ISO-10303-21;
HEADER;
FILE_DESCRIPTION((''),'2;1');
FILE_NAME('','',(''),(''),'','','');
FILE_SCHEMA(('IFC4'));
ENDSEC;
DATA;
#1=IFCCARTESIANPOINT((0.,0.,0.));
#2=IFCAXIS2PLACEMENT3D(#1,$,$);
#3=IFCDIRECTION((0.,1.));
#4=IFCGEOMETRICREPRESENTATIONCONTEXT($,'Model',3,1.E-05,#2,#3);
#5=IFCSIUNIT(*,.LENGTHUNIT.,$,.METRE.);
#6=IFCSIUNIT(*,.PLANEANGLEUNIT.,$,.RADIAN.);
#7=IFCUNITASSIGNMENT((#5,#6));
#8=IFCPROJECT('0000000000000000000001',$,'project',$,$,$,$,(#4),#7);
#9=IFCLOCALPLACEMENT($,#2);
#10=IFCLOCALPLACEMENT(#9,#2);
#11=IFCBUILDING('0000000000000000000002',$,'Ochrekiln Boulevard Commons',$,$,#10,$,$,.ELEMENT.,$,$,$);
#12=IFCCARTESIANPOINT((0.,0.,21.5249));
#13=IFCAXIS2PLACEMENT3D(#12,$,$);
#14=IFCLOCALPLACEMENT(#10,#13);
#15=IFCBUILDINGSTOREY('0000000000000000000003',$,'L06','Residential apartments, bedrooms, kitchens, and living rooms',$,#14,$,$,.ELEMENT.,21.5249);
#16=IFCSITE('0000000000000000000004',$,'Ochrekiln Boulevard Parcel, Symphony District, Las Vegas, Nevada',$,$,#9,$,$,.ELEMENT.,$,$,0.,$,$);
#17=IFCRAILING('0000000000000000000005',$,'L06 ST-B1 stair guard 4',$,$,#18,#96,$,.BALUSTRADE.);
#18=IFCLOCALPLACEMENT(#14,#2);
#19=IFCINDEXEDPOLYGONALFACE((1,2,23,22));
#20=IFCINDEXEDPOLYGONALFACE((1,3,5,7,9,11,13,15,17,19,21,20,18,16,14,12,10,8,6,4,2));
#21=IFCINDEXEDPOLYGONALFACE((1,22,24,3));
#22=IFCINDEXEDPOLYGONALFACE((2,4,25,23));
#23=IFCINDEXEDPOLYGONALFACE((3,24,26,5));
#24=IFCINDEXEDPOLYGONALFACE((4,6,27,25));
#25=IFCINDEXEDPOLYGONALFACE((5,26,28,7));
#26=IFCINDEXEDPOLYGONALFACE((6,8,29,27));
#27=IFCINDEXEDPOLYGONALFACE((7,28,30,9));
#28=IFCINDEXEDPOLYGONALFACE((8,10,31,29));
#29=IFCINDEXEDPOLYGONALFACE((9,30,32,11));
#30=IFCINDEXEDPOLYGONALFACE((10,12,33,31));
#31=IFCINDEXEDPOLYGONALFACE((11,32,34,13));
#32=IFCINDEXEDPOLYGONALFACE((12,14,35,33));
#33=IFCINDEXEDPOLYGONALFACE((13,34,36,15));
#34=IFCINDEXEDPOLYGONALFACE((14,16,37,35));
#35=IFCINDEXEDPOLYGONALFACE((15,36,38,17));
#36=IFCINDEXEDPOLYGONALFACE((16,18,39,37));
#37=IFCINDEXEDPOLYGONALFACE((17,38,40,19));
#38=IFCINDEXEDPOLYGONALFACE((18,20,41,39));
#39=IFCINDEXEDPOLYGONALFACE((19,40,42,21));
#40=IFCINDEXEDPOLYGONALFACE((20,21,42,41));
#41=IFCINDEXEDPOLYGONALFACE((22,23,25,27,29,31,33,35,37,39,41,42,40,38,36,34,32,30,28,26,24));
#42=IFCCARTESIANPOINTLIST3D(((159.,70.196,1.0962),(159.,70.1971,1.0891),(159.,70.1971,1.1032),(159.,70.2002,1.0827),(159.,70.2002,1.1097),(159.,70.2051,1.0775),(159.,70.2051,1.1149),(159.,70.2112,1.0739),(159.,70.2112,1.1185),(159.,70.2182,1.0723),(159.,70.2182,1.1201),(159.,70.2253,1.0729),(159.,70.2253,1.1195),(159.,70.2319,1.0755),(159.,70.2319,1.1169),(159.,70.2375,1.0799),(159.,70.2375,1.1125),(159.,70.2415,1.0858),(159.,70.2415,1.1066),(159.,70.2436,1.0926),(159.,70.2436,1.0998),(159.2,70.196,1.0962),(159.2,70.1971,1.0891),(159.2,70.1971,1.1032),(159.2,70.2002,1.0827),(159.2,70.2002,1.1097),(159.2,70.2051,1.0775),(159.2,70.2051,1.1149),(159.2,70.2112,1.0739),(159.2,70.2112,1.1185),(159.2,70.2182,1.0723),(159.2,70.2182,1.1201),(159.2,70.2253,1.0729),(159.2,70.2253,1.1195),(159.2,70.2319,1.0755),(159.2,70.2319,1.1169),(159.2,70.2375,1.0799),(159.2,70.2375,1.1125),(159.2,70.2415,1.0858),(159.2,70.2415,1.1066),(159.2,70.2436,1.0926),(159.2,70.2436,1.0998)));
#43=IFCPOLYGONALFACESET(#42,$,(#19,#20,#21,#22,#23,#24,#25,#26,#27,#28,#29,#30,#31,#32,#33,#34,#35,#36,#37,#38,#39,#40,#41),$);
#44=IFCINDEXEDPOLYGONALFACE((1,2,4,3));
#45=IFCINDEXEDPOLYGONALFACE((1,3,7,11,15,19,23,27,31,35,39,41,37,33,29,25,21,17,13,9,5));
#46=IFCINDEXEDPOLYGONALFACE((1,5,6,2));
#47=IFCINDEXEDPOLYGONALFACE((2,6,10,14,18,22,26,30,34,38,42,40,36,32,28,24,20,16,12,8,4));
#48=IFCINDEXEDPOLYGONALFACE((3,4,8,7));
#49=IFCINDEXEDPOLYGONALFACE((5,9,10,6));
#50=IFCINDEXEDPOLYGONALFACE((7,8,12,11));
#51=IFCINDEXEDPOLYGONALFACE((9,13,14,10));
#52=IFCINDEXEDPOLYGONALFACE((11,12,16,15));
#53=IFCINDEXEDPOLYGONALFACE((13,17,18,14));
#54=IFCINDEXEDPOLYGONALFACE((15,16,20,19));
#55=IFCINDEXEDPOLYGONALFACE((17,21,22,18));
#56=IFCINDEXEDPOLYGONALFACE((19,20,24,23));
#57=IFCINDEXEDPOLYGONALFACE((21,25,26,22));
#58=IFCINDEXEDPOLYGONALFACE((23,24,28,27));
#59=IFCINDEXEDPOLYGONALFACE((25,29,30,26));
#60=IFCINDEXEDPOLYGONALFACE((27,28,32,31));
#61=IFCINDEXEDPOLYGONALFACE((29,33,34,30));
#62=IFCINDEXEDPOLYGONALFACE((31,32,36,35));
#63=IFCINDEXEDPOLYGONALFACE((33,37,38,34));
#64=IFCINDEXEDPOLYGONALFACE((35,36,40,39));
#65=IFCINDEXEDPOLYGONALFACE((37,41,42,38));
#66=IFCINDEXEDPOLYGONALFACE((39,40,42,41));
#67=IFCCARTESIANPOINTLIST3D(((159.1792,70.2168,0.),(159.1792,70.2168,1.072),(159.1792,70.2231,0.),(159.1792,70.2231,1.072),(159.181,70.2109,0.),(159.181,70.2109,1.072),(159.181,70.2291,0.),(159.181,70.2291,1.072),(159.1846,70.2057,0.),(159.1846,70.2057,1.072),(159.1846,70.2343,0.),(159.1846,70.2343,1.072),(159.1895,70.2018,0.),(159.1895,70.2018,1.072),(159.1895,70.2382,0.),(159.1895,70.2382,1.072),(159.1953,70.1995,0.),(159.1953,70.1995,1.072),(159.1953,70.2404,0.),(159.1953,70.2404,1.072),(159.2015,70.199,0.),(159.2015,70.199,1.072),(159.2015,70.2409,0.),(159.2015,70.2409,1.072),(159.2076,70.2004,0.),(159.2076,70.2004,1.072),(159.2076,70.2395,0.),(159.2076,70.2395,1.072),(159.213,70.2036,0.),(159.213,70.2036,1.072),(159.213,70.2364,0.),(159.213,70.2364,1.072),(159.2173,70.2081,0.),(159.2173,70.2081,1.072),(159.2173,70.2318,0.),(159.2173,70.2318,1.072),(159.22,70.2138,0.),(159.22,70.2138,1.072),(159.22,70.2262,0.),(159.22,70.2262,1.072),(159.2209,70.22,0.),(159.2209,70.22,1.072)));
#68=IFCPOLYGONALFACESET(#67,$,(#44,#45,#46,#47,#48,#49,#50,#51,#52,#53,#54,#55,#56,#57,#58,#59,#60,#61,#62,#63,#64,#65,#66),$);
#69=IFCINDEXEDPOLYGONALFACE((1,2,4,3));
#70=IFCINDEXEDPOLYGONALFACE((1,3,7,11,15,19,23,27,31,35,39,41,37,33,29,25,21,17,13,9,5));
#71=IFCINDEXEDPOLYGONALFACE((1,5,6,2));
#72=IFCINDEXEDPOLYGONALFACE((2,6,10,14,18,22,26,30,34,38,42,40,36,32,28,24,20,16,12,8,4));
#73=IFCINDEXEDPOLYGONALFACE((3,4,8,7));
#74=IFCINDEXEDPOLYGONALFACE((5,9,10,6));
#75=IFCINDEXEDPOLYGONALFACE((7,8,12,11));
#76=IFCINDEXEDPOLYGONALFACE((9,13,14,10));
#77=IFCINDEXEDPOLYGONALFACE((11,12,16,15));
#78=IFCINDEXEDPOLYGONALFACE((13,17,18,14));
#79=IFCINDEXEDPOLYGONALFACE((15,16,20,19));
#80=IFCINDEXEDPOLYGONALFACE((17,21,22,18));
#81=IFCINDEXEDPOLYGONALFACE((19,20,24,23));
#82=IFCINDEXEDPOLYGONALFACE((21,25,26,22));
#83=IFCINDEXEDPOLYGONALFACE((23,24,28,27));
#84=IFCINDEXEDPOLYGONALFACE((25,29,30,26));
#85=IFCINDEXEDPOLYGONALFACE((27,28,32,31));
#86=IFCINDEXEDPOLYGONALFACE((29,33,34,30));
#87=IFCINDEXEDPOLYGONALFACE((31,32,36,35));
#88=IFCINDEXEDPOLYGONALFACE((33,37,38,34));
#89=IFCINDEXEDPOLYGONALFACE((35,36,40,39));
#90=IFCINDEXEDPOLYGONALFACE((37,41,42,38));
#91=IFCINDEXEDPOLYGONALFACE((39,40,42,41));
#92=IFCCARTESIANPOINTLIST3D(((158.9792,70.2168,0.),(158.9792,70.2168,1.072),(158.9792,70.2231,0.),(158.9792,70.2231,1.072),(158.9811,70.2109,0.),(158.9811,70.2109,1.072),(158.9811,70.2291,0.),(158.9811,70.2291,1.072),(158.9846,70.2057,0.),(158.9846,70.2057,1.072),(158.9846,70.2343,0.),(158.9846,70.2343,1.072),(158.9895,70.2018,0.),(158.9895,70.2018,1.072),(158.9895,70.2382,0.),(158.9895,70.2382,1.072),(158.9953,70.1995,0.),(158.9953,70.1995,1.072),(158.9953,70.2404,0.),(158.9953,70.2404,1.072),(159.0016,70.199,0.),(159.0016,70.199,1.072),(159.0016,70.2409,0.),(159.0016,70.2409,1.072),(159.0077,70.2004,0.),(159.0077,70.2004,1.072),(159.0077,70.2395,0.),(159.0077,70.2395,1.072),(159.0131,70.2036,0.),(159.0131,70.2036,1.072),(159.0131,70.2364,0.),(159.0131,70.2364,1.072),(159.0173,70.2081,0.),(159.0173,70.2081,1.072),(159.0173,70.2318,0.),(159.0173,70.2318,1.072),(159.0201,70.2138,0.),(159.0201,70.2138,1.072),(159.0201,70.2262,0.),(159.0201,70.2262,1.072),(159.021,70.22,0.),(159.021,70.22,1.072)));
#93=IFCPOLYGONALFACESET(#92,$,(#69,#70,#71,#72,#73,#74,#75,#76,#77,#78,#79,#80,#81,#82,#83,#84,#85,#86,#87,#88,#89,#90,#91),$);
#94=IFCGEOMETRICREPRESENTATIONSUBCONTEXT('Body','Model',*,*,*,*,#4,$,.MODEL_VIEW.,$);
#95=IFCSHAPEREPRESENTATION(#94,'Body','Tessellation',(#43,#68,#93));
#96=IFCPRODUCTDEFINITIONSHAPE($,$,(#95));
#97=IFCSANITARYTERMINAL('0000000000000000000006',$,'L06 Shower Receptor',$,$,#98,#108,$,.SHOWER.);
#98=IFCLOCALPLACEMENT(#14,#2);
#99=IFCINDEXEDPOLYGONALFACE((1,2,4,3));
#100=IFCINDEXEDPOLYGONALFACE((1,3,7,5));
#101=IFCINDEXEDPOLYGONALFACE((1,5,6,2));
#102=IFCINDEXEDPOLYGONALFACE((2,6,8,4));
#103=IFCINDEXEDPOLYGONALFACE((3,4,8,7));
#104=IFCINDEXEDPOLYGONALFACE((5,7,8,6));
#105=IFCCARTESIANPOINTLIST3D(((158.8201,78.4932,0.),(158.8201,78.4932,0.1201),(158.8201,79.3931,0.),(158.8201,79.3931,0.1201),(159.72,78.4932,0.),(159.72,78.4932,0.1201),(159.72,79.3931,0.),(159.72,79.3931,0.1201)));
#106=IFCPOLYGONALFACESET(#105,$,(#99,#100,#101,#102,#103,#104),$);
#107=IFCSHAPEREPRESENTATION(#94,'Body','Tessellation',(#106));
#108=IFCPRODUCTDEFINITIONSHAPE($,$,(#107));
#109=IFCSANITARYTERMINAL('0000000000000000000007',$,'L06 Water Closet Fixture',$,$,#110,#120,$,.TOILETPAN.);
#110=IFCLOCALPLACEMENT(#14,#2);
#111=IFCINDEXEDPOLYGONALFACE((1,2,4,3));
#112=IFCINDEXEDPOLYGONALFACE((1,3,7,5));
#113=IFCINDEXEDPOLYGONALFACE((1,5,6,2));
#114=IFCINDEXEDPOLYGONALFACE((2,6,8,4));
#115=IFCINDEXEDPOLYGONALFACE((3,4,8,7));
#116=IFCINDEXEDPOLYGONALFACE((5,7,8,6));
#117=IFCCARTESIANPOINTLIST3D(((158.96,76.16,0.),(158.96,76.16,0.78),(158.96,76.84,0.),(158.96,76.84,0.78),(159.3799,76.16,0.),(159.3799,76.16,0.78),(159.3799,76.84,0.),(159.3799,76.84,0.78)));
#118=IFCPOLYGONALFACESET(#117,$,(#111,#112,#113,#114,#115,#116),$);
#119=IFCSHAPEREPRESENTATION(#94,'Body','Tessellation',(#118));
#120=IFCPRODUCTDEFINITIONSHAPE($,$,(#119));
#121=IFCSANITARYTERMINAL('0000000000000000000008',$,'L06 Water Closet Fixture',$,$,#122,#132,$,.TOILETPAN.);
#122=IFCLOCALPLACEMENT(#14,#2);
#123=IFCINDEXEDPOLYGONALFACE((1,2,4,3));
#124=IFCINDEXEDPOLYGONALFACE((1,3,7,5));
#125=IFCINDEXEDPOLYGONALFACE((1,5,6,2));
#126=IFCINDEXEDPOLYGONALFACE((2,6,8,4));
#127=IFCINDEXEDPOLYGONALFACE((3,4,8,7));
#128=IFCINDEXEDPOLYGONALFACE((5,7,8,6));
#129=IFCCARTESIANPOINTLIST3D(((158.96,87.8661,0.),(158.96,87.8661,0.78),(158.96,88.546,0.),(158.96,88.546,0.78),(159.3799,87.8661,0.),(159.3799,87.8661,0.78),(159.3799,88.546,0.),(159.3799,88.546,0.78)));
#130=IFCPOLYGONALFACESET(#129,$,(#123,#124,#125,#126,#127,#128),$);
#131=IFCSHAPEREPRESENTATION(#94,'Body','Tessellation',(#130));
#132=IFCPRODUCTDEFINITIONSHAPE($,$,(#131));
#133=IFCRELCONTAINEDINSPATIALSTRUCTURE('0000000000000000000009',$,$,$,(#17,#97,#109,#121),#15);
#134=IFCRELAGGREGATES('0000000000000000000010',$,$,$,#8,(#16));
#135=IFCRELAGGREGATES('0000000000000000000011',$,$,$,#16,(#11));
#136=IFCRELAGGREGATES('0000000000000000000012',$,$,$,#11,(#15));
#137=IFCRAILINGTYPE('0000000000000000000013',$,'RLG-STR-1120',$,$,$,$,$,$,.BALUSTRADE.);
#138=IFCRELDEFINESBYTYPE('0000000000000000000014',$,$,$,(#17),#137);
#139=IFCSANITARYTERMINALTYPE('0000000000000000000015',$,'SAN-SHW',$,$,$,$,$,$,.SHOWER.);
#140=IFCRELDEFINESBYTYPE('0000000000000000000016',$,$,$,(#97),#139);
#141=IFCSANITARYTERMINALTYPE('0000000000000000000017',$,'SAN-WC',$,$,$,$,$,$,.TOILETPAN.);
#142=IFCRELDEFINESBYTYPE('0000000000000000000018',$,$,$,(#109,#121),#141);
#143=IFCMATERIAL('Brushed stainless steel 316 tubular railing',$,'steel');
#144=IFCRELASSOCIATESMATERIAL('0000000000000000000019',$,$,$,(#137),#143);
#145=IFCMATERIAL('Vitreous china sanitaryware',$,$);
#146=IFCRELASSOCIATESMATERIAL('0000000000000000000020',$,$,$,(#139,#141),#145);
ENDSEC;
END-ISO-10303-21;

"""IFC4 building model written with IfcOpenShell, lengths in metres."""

from ifc_helpers import new_model, si_unit, direction, frame, origin, origin_2d, place, context, subcontext, project, spatial, rectangle, circle, extrude, material, type_object, element, save


model = new_model("IFC4")

# Units and contexts
model_context = context("Model", 3, precision=1e-05, world=origin(), true_north=direction((0.0, 1.0)))
body_context = subcontext(model_context, "Body", "Model", "MODEL_VIEW")
ifc_project = project(units=[si_unit("LENGTHUNIT", "METRE"), si_unit("PLANEANGLEUNIT", "RADIAN")], contexts=[model_context])

# Site, building, storey
site_placement = place(None, origin())
site = spatial("IfcSite", under=ifc_project, at=site_placement, Name="Ochrekiln Boulevard Parcel, Symphony District, Las Vegas, Nevada", CompositionType="ELEMENT", RefElevation=0.0)
building_placement = place(site_placement, origin())
building = spatial("IfcBuilding", under=site, at=building_placement, Name="Ochrekiln Boulevard Commons", CompositionType="ELEMENT")
storey_placement = place(building_placement, frame((0.0, 0.0, 21.5249)))
storey = spatial("IfcBuildingStorey", under=building, at=storey_placement, Name="L06", Description="Residential apartments, bedrooms, kitchens, and living rooms", CompositionType="ELEMENT", Elevation=21.5249)

# Railing
ifc_material_1 = material(Name="Brushed stainless steel 316 tubular railing", Category="steel")
railing_type_1 = type_object("IfcRailingType", Name="RLG-STR-1120", PredefinedType="BALUSTRADE", material=ifc_material_1)
railing_1_placement = place(storey_placement, frame((159.2, 70.22, 0.0)))
element("IfcRailing", 1, at=railing_1_placement, inside=storey, type_object=railing_type_1, Name="L06 ST-B1 stair guard 4", PredefinedType="BALUSTRADE", context=body_context, shape_type="SweptSolid", body=[
    extrude(circle(Radius=0.0239, at=origin_2d()), frame((0.0, 0.0, 1.0962), z_axis=(-1.0, 0.0, 0.0), x_axis=(0.0, -1.0, 0.0)), (0.0, 0.0, 1.0), 0.2),
    extrude(circle(Radius=0.021, at=origin_2d()), origin(), (0.0, 0.0, 1.0), 1.072),
    extrude(circle(Radius=0.021, at=origin_2d()), frame((-0.2, 0.0, 0.0)), (0.0, 0.0, 1.0), 1.072),
])

# Sanitary terminals
ifc_material_2 = material(Name="Vitreous china sanitaryware")
sanitary_terminal_type_1 = type_object("IfcSanitaryTerminalType", Name="SAN-SHW", PredefinedType="SHOWER", material=ifc_material_2)
sanitary_terminal_placement = place(storey_placement, frame((159.27, 78.9431, 0.0), z_axis=(0.0, 0.0, 1.0), x_axis=(1.0, 0.0, 0.0)))
element("IfcSanitaryTerminal", 2, at=sanitary_terminal_placement, inside=storey, type_object=sanitary_terminal_type_1, Name="L06 Shower Receptor", PredefinedType="SHOWER", context=body_context, shape_type="SweptSolid", body=[
    extrude(rectangle(XDim=0.8999, YDim=0.8999, at=origin_2d()), origin(), (0.0, 0.0, 1.0), 0.1201),
])
sanitary_terminal_type_2 = type_object("IfcSanitaryTerminalType", Name="SAN-WC", PredefinedType="TOILETPAN", material=ifc_material_2)
for number, where, z_axis, x_axis, name in (
    (3, (159.1699, 76.5, 0.0), (0.0, 0.0, 1.0), (1.0, 0.0, 0.0), "L06 Water Closet Fixture"),
    (4, (159.1699, 88.2061, 0.0), (0.0, 0.0, 1.0), (1.0, 0.0, 0.0), "L06 Water Closet Fixture"),
):
    element("IfcSanitaryTerminal", number, at=place(storey_placement, frame(where, z_axis=z_axis, x_axis=x_axis)), inside=storey, type_object=sanitary_terminal_type_2, Name=name, PredefinedType="TOILETPAN", context=body_context, shape_type="SweptSolid", body=[
        extrude(rectangle(XDim=0.4199, YDim=0.6799, at=origin_2d()), origin(), (0.0, 0.0, 1.0), 0.78),
    ])

save(model, "model.ifc")
